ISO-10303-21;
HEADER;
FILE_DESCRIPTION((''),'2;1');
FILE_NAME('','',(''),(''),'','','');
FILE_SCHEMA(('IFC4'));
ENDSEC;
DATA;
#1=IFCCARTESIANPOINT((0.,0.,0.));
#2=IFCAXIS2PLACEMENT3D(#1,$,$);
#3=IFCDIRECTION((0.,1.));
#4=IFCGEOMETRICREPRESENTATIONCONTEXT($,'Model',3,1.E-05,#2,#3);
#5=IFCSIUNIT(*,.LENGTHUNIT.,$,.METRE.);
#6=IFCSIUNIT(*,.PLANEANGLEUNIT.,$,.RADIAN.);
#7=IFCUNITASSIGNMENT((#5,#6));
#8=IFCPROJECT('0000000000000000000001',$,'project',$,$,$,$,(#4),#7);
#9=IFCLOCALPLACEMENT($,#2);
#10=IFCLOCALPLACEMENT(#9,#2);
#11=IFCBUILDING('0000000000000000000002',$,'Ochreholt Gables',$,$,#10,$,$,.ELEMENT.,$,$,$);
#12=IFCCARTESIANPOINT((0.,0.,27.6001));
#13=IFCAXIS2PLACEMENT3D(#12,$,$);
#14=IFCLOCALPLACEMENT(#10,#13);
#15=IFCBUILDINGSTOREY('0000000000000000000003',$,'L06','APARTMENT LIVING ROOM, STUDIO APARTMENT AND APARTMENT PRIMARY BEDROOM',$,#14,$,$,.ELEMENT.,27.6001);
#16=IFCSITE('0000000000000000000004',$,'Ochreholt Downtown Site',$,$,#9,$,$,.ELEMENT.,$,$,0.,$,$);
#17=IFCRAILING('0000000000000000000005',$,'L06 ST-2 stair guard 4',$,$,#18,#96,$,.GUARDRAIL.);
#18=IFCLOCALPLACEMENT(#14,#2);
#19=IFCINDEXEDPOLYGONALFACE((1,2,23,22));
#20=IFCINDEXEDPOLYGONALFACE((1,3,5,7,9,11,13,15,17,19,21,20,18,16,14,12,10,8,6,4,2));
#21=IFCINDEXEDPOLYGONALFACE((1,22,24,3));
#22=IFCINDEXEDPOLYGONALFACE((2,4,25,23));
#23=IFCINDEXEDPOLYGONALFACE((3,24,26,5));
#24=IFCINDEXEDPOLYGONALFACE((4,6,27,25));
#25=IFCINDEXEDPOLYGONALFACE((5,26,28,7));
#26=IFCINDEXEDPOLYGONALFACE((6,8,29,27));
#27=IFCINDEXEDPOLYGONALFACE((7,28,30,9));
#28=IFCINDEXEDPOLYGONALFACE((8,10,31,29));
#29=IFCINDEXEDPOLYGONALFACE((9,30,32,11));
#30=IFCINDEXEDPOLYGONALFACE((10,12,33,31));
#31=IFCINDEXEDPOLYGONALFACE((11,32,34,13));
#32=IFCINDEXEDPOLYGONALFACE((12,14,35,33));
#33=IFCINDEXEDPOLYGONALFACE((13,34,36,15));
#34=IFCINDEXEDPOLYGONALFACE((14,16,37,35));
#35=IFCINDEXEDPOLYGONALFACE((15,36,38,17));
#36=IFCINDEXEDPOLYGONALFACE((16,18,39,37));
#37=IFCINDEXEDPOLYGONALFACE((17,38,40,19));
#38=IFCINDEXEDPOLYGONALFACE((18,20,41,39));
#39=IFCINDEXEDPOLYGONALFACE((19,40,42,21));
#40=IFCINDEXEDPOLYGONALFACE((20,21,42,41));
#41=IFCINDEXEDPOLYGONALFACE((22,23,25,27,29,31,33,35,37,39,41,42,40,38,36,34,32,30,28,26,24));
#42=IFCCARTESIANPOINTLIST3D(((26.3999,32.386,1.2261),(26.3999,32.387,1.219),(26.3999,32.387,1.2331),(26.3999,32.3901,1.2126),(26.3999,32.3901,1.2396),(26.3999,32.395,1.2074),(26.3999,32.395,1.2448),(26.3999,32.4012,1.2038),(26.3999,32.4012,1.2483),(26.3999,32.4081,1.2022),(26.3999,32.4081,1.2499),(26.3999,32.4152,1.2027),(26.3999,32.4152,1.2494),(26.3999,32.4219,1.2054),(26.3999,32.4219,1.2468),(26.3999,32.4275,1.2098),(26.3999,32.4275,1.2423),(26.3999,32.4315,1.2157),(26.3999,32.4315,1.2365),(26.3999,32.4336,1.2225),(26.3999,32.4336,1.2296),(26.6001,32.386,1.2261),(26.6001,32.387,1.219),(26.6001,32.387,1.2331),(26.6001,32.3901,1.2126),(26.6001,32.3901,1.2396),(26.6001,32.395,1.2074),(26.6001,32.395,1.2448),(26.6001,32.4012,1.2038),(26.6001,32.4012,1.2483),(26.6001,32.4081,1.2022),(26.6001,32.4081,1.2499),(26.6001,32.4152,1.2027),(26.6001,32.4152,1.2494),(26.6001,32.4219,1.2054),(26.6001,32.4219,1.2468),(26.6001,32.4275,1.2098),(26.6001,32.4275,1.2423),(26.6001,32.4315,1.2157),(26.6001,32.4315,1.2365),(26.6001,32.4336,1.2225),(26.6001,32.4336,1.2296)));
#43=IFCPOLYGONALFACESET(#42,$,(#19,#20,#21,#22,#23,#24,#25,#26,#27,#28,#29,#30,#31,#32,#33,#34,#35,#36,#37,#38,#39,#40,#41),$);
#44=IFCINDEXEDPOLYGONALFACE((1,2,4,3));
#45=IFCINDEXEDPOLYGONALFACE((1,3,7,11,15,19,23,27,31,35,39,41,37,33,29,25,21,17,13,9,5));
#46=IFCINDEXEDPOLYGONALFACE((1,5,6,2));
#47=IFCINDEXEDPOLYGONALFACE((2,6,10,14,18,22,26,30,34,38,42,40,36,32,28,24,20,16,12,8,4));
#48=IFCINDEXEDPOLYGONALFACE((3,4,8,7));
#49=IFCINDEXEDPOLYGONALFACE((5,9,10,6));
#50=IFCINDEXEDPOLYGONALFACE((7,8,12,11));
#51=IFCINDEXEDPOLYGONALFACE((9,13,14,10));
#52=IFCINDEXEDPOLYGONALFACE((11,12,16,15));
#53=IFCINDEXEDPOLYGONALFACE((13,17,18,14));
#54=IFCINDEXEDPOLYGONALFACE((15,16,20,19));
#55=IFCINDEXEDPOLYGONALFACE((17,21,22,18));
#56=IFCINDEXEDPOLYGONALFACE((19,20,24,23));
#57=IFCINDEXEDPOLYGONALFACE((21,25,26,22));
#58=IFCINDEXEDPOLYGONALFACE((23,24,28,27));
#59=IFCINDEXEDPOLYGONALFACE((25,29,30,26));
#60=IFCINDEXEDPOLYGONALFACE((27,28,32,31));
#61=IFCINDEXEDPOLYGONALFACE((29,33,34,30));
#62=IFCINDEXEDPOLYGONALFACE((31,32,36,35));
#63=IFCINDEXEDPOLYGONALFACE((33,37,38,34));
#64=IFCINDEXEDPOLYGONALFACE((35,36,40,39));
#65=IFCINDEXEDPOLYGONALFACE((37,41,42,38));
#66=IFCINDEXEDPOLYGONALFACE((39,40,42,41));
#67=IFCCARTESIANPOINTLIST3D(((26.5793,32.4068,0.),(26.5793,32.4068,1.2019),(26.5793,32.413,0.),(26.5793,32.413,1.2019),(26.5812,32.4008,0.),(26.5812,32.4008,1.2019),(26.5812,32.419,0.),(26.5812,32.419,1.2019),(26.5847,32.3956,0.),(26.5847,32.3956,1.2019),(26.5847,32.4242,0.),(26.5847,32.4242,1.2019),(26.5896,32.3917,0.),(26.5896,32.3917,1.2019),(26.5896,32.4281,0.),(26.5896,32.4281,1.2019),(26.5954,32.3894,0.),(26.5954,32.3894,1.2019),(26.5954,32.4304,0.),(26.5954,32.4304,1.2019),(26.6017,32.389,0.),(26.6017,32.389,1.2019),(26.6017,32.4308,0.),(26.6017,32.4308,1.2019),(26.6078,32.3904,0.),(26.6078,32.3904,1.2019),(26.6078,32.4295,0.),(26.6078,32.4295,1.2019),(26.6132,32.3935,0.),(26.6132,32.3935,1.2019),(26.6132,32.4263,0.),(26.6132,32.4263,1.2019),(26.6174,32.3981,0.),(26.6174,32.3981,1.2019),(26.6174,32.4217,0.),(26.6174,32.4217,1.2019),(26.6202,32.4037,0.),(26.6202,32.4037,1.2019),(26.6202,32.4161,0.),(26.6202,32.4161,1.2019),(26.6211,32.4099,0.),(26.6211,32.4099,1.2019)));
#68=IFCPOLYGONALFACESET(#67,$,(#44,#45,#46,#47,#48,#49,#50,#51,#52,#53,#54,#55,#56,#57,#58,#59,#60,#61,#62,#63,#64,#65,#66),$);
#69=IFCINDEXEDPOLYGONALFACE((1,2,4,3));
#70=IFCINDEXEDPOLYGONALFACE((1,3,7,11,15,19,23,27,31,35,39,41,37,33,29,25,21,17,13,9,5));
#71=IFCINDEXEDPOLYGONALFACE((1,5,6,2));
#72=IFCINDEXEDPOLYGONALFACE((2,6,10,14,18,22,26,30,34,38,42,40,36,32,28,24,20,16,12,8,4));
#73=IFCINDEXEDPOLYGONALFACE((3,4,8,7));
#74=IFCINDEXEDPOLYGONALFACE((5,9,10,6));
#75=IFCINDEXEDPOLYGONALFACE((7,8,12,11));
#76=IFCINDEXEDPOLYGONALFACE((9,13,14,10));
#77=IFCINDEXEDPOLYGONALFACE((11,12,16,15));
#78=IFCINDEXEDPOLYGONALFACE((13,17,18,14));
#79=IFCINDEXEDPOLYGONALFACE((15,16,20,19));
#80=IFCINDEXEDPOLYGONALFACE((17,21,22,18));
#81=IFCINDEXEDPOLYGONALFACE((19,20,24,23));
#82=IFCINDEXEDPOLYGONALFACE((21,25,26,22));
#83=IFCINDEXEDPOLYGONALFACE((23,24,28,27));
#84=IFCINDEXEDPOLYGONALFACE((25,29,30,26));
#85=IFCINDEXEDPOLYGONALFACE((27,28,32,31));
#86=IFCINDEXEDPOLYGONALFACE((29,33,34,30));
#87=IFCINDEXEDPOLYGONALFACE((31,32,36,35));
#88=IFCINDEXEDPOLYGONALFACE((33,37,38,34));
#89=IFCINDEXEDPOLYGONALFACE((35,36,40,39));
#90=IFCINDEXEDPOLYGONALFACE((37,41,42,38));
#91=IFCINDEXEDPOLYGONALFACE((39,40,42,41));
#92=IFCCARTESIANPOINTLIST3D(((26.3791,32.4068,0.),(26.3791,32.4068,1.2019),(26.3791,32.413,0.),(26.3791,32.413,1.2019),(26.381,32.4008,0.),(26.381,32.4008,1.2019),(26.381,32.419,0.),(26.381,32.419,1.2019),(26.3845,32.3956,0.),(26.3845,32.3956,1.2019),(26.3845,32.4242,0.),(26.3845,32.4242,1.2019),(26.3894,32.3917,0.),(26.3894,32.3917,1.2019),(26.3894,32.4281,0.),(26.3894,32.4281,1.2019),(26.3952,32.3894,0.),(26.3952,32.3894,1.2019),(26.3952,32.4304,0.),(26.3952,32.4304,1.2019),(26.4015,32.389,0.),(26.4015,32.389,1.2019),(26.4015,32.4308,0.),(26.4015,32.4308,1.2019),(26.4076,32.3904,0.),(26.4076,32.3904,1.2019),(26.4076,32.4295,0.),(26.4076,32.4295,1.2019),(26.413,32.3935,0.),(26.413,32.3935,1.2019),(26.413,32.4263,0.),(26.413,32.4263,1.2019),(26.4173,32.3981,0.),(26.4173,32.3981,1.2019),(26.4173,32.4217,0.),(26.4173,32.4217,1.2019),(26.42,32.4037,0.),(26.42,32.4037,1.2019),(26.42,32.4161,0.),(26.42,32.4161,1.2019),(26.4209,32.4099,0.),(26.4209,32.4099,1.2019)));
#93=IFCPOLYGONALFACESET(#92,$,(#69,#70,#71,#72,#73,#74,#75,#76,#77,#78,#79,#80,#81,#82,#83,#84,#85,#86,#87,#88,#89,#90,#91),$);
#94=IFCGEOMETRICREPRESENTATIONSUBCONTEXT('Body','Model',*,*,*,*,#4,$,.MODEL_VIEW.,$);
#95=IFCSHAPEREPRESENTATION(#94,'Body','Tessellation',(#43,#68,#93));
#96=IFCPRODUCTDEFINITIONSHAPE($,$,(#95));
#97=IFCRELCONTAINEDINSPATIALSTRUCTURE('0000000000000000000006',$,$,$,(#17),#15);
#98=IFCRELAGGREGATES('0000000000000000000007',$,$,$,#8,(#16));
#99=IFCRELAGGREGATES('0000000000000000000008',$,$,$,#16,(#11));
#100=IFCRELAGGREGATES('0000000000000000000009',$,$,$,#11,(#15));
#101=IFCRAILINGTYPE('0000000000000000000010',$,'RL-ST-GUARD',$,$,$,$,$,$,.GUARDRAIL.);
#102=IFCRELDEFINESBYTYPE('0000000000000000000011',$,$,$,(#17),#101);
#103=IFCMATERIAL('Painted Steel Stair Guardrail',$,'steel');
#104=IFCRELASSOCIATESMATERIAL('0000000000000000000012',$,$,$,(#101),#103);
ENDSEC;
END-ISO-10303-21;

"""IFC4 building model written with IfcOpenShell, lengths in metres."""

from ifc_helpers import new_model, si_unit, direction, frame, origin, origin_2d, place, context, subcontext, project, spatial, circle, extrude, material, type_object, element, save


model = new_model("IFC4")

# Units and contexts
model_context = context("Model", 3, precision=1e-05, world=origin(), true_north=direction((0.0, 1.0)))
body_context = subcontext(model_context, "Body", "Model", "MODEL_VIEW")
ifc_project = project(units=[si_unit("LENGTHUNIT", "METRE"), si_unit("PLANEANGLEUNIT", "RADIAN")], contexts=[model_context])

# Site, building, storey
site_placement = place(None, origin())
site = spatial("IfcSite", under=ifc_project, at=site_placement, Name="Ochreholt Downtown Site", CompositionType="ELEMENT", RefElevation=0.0)
building_placement = place(site_placement, origin())
building = spatial("IfcBuilding", under=site, at=building_placement, Name="Ochreholt Gables", CompositionType="ELEMENT")
storey_placement = place(building_placement, frame((0.0, 0.0, 27.6001)))
storey = spatial("IfcBuildingStorey", under=building, at=storey_placement, Name="L06", Description="APARTMENT LIVING ROOM, STUDIO APARTMENT AND APARTMENT PRIMARY BEDROOM", CompositionType="ELEMENT", Elevation=27.6001)

# Railing
ifc_material_1 = material(Name="Painted Steel Stair Guardrail", Category="steel")
railing_type_1 = type_object("IfcRailingType", Name="RL-ST-GUARD", PredefinedType="GUARDRAIL", material=ifc_material_1)
railing_1_placement = place(storey_placement, frame((26.6001, 32.4099, 0.0)))
element("IfcRailing", 1, at=railing_1_placement, inside=storey, type_object=railing_type_1, Name="L06 ST-2 stair guard 4", PredefinedType="GUARDRAIL", context=body_context, shape_type="SweptSolid", body=[
    extrude(circle(Radius=0.0239, at=origin_2d()), frame((0.0, 0.0, 1.2261), z_axis=(-1.0, 0.0, 0.0), x_axis=(0.0, -1.0, 0.0)), (0.0, 0.0, 1.0), 0.2002),
    extrude(circle(Radius=0.021, at=origin_2d()), origin(), (0.0, 0.0, 1.0), 1.2019),
    extrude(circle(Radius=0.021, at=origin_2d()), frame((-0.2002, 0.0, 0.0)), (0.0, 0.0, 1.0), 1.2019),
])

save(model, "model.ifc")
